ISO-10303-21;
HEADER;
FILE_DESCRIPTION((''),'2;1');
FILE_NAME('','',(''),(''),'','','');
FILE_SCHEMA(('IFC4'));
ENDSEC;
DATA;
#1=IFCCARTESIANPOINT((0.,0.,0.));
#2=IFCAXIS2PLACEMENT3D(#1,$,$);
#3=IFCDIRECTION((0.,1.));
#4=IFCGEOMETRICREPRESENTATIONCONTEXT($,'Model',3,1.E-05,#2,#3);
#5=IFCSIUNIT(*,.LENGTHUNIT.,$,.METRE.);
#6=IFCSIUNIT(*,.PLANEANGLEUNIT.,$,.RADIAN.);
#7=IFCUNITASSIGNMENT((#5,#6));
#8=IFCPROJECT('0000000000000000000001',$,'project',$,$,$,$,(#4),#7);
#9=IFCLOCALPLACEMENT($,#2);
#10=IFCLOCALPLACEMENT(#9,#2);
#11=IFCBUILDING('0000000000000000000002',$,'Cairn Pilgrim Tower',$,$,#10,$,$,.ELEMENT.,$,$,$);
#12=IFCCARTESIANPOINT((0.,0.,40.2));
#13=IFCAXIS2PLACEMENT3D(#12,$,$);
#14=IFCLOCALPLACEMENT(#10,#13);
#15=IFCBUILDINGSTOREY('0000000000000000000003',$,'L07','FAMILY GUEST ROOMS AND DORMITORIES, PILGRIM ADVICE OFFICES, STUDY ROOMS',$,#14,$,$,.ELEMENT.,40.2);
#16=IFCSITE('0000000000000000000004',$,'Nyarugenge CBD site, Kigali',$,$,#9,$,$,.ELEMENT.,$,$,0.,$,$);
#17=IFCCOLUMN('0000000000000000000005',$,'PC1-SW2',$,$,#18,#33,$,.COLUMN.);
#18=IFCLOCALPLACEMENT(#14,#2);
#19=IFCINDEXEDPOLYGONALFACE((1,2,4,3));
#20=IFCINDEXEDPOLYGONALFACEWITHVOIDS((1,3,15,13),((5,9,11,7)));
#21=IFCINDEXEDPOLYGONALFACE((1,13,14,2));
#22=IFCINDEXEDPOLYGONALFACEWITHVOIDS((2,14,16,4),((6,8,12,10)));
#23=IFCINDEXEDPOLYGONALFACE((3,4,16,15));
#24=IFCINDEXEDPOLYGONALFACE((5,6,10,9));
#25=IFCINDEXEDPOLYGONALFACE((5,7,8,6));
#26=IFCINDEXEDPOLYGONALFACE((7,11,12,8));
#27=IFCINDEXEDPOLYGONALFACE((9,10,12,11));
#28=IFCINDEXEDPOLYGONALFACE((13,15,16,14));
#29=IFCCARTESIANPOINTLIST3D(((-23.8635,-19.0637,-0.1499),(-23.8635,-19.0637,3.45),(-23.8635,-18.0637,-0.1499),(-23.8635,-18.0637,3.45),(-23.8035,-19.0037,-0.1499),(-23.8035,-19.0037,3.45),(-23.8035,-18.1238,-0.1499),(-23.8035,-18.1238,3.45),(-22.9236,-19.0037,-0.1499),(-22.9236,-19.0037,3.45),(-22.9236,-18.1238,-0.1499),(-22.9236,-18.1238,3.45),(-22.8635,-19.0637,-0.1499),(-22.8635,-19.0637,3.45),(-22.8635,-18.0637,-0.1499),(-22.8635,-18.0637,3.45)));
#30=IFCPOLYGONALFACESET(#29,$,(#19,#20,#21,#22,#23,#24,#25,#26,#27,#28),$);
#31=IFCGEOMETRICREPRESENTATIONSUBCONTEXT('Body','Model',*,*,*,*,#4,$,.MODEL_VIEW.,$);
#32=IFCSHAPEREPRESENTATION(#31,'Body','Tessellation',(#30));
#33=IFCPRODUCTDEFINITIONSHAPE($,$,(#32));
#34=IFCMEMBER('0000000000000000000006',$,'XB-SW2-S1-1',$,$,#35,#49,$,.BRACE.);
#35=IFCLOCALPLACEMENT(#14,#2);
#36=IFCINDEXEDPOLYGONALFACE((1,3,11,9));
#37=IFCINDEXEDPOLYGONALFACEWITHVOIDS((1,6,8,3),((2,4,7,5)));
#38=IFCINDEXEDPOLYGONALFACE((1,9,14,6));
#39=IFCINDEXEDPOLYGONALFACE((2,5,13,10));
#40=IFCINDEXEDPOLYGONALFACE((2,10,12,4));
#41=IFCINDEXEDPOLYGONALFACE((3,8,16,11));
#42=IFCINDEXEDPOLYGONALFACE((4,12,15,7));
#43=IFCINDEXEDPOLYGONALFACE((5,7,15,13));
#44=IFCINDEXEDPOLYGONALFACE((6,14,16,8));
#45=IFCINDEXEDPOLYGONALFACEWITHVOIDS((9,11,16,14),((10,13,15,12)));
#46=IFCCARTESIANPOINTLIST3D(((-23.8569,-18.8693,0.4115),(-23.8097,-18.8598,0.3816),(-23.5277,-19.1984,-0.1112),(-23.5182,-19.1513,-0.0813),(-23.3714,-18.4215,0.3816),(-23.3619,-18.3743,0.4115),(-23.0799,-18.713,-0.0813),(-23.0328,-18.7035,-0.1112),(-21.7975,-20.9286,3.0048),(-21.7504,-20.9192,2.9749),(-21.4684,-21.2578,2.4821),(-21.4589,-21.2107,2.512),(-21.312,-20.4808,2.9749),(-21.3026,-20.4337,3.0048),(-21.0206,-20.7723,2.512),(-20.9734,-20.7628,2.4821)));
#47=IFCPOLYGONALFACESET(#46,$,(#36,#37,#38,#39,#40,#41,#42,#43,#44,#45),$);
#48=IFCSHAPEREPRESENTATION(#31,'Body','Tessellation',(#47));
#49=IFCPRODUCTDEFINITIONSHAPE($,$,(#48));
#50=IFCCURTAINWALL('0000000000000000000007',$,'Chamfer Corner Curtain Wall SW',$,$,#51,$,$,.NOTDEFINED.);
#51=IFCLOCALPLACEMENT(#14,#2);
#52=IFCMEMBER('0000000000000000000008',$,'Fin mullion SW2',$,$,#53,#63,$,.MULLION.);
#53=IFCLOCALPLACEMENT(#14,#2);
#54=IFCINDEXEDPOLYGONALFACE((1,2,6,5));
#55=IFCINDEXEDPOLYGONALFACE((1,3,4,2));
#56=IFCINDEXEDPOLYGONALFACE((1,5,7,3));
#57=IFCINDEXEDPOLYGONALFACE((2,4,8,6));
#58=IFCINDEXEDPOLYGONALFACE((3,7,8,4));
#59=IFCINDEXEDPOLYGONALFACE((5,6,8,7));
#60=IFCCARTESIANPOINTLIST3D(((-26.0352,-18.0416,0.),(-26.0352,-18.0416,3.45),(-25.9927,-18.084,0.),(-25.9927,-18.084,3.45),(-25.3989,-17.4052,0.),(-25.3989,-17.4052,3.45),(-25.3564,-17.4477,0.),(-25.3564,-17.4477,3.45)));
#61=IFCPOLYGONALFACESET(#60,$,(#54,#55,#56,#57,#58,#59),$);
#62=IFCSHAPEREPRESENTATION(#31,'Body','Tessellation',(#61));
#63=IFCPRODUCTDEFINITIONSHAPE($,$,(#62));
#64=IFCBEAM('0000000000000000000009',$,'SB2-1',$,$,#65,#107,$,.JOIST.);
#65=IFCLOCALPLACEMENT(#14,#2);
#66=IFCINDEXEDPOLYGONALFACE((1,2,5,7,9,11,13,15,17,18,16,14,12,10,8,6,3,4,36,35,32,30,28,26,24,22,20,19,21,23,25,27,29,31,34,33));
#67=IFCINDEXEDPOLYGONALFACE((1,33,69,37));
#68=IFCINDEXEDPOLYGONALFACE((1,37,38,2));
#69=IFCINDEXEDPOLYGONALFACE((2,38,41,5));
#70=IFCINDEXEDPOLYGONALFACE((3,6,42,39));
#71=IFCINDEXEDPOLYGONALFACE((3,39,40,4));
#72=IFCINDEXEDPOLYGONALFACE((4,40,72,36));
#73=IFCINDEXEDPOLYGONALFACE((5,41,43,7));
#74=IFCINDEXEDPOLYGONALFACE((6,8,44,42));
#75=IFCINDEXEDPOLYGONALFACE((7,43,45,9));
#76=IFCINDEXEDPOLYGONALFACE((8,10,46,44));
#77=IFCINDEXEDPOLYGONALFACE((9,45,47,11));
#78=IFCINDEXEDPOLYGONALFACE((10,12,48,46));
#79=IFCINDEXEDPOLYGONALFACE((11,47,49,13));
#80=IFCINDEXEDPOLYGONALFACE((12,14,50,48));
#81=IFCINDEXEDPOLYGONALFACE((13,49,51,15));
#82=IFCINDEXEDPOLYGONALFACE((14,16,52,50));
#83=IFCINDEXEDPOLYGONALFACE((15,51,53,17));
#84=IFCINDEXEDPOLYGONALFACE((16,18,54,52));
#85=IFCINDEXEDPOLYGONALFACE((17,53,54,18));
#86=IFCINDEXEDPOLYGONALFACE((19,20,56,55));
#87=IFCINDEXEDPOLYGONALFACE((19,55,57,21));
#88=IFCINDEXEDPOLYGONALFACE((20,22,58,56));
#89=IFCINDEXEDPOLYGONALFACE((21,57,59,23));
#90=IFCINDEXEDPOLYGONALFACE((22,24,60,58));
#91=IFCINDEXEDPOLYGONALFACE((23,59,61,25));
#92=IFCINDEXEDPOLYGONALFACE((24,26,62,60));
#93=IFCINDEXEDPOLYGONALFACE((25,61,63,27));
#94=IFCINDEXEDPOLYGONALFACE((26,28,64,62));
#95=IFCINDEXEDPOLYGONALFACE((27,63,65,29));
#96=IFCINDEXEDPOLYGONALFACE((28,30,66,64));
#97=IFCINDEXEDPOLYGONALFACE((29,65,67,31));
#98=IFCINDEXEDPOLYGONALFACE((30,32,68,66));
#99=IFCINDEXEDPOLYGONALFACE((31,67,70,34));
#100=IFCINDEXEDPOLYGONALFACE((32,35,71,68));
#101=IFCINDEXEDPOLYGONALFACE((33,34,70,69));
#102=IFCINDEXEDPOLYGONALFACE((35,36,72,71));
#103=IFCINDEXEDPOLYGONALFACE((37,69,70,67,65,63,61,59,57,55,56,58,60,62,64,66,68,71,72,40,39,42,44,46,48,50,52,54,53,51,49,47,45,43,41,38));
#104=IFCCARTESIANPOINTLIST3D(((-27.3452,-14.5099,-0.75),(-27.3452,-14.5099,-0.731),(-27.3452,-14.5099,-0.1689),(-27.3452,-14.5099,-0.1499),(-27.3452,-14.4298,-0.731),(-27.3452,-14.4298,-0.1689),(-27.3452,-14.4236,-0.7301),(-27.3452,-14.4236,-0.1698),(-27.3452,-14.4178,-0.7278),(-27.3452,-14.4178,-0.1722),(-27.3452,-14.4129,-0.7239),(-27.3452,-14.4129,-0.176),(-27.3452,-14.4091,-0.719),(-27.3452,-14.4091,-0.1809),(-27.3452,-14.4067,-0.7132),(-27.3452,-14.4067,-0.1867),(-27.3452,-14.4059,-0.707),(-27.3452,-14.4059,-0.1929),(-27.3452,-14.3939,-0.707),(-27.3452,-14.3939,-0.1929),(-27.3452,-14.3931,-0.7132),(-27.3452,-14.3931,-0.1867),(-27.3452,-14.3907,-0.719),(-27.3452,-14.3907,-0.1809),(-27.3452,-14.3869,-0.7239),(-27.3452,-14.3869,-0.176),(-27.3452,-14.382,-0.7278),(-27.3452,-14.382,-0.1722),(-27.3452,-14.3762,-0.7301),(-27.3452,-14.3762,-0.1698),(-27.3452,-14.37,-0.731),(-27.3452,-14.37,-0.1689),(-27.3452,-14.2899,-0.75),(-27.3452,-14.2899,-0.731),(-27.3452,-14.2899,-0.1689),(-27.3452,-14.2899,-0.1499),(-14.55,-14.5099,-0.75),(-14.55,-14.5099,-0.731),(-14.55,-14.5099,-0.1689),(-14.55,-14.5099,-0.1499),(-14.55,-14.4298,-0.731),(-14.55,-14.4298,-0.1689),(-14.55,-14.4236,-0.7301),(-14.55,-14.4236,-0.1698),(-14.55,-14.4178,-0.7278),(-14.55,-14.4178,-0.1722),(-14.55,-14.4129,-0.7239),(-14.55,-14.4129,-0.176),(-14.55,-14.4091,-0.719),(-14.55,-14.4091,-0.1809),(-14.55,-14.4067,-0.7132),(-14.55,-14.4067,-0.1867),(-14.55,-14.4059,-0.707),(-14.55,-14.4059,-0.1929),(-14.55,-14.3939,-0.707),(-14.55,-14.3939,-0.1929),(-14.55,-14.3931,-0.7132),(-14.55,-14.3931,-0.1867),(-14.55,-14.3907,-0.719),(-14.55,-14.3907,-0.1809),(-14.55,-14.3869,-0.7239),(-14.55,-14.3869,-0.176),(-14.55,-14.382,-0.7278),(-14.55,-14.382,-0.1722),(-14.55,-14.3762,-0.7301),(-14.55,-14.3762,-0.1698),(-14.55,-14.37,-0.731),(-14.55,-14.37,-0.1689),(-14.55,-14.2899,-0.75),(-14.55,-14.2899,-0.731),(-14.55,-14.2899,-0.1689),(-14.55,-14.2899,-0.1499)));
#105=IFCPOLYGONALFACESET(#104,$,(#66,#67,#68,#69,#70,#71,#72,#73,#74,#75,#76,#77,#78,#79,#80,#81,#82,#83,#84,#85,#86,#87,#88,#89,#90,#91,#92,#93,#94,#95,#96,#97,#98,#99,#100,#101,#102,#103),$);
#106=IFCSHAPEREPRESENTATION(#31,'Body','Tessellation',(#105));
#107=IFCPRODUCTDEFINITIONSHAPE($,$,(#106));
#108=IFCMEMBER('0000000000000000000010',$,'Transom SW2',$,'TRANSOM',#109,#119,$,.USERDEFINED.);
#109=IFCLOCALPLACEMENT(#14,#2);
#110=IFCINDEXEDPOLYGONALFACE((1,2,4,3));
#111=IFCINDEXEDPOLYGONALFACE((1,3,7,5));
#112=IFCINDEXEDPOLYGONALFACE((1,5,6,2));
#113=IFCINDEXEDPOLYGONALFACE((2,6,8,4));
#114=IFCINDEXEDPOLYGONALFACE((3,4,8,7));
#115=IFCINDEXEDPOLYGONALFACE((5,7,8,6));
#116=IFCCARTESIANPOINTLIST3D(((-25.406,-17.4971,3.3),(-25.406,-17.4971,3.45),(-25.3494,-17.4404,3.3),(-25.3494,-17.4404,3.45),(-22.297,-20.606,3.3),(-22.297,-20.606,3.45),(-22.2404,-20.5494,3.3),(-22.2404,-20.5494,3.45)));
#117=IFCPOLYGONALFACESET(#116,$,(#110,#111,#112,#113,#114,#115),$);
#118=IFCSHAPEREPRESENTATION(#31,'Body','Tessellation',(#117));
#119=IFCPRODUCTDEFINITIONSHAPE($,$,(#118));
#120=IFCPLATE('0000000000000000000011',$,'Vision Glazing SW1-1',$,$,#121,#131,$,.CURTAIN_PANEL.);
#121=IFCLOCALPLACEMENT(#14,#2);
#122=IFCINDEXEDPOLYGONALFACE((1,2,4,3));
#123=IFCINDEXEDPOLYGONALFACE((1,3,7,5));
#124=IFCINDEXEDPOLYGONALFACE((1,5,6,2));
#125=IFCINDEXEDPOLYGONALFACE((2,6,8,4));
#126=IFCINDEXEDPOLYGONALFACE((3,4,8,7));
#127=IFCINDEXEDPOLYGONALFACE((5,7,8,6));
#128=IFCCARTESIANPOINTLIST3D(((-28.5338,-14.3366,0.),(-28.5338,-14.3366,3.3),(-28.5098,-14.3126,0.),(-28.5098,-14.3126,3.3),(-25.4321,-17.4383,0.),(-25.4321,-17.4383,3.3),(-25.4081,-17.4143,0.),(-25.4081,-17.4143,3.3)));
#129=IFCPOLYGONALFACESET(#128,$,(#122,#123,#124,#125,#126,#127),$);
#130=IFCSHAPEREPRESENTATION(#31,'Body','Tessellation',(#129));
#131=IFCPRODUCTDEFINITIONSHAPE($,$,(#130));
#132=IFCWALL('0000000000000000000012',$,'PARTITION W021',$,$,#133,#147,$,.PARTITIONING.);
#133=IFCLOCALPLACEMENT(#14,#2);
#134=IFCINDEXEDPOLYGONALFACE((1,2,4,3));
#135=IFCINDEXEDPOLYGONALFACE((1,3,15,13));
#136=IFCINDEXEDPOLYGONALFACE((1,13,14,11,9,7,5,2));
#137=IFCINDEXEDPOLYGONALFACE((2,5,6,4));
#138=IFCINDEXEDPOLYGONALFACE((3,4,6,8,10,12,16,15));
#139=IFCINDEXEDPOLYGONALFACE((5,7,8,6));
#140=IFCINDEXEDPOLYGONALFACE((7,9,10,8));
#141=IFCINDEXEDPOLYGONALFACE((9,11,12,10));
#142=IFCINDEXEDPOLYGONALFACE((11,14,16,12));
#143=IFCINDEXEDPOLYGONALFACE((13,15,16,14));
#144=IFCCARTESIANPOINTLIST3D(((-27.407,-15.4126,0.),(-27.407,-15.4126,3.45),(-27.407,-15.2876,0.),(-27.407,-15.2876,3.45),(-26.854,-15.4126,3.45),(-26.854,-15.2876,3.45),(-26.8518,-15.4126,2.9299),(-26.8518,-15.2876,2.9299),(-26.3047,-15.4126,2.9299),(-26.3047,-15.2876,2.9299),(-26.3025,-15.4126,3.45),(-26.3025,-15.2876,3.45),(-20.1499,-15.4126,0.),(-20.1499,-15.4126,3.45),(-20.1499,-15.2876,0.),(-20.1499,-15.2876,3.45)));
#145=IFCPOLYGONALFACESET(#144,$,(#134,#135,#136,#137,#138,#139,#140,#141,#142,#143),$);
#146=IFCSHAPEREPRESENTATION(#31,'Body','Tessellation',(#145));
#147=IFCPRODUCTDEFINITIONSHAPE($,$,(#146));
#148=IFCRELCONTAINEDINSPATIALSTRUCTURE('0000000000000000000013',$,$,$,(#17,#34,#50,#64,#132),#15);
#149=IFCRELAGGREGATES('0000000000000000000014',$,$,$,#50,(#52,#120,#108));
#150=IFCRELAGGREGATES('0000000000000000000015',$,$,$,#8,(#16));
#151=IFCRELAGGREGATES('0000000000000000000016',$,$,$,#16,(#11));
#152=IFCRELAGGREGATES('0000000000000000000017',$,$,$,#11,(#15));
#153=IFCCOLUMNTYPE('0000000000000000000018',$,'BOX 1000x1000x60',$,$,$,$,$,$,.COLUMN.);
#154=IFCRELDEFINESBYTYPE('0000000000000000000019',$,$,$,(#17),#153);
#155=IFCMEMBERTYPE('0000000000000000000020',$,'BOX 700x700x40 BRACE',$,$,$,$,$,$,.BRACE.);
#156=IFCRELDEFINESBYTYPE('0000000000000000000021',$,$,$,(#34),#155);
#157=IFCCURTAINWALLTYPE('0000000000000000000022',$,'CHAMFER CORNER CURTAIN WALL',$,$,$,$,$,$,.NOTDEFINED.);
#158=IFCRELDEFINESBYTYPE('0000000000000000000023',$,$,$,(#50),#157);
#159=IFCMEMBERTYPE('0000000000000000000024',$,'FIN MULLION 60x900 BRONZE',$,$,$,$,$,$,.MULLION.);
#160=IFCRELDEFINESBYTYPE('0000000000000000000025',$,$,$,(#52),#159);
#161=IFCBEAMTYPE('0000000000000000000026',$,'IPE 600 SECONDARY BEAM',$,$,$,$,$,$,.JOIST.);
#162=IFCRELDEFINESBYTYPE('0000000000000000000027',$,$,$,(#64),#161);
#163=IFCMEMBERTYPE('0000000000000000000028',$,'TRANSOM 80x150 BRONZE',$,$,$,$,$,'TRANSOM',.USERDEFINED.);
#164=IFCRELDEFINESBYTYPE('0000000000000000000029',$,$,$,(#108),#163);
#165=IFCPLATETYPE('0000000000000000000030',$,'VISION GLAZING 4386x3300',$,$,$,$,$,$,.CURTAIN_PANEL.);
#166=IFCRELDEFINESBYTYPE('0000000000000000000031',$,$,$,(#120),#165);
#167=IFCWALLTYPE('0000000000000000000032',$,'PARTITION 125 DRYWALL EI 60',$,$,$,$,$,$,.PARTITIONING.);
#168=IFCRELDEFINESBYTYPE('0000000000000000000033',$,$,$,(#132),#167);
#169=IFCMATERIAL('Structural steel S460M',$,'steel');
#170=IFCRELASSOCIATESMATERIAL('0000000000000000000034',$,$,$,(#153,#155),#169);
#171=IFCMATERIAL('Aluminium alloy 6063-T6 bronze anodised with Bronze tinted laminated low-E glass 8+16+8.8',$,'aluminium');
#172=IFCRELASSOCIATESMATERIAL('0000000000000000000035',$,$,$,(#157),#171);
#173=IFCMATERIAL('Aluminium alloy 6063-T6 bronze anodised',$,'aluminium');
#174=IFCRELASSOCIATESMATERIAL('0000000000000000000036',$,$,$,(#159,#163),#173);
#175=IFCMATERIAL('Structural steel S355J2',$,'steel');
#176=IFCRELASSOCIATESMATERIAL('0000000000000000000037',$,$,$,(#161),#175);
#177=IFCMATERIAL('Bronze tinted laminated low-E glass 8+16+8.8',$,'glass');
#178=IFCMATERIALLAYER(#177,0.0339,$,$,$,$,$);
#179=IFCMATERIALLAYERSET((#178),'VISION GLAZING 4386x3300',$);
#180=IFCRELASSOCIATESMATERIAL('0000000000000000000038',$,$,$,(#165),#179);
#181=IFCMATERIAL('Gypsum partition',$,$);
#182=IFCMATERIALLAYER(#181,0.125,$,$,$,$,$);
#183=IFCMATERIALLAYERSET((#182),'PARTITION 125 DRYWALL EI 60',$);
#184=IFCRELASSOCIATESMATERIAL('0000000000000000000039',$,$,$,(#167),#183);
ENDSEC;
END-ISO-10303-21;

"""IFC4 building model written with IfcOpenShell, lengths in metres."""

from ifc_helpers import new_model, si_unit, direction, frame, origin, origin_2d, place, context, subcontext, project, spatial, polyline, rectangle, hollow_rectangle, i_section, outline, extrude, material, layer, layer_set, material_profile, profile_set, type_object, element, aggregate, save


model = new_model("IFC4")

# Units and contexts
model_context = context("Model", 3, precision=1e-05, world=origin(), true_north=direction((0.0, 1.0)))
body_context = subcontext(model_context, "Body", "Model", "MODEL_VIEW")
ifc_project = project(units=[si_unit("LENGTHUNIT", "METRE"), si_unit("PLANEANGLEUNIT", "RADIAN")], contexts=[model_context])

# Site, building, storey
site_placement = place(None, origin())
site = spatial("IfcSite", under=ifc_project, at=site_placement, Name="Nyarugenge CBD site, Kigali", CompositionType="ELEMENT", RefElevation=0.0)
building_placement = place(site_placement, origin())
building = spatial("IfcBuilding", under=site, at=building_placement, Name="Cairn Pilgrim Tower", CompositionType="ELEMENT")
storey_placement = place(building_placement, frame((0.0, 0.0, 40.2)))
storey = spatial("IfcBuildingStorey", under=building, at=storey_placement, Name="L07", Description="FAMILY GUEST ROOMS AND DORMITORIES, PILGRIM ADVICE OFFICES, STUDY ROOMS", CompositionType="ELEMENT", Elevation=40.2)

# Column
ifc_material_1 = material(Name="Structural steel S460M", Category="steel")
ifc_material_profile_1 = material_profile(ifc_material_1, hollow_rectangle(XDim=1.0, YDim=1.0, WallThickness=0.0601, at=origin_2d()), Name="BOX 1000x1000x60")
ifc_profile_set_1 = profile_set([ifc_material_profile_1], Name="Structural steel S460M")
column_type = type_object("IfcColumnType", Name="BOX 1000x1000x60", PredefinedType="COLUMN", material=ifc_profile_set_1)
column_placement = place(storey_placement, frame((-23.3635, -18.5637, -0.1499), z_axis=(0.0, 0.0, 1.0), x_axis=(1.0, 0.0, 0.0)))
element("IfcColumn", 1, at=column_placement, inside=storey, type_object=column_type, Name="PC1-SW2", PredefinedType="COLUMN", context=body_context, shape_type="SweptSolid", body=[
    extrude(hollow_rectangle(XDim=1.0, YDim=1.0, WallThickness=0.0601, at=origin_2d()), origin(), (0.0, 0.0, 1.0), 3.5999),
])

# Member
ifc_material_profile_2 = material_profile(ifc_material_1, hollow_rectangle(XDim=0.7, YDim=0.7, WallThickness=0.04, at=origin_2d()), Name="BOX 700x700x40")
ifc_profile_set_2 = profile_set([ifc_material_profile_2], Name="Structural steel S460M")
member_type_1 = type_object("IfcMemberType", Name="BOX 700x700x40 BRACE", PredefinedType="BRACE", material=ifc_profile_set_2)
member_1_placement = place(storey_placement, frame((-23.4448, -18.7864, 0.1501), z_axis=(0.52809, -0.52809, 0.665012), x_axis=(0.707107, 0.707107, 0.0)))
element("IfcMember", 2, at=member_1_placement, inside=storey, type_object=member_type_1, Name="XB-SW2-S1-1", PredefinedType="BRACE", context=body_context, shape_type="SweptSolid", body=[
    extrude(hollow_rectangle(XDim=0.7, YDim=0.7, WallThickness=0.04, at=origin_2d()), origin(), (0.0, 0.0, 1.0), 3.8997),
])

# Curtain wall, member
ifc_material_2 = material(Name="Aluminium alloy 6063-T6 bronze anodised with Bronze tinted laminated low-E glass 8+16+8.8", Category="aluminium")
curtain_wall_type = type_object("IfcCurtainWallType", Name="CHAMFER CORNER CURTAIN WALL", PredefinedType="NOTDEFINED", material=ifc_material_2)
curtain_wall_placement = place(storey_placement, origin())
curtain_wall = element("IfcCurtainWall", 3, at=curtain_wall_placement, inside=storey, type_object=curtain_wall_type, Name="Chamfer Corner Curtain Wall SW", PredefinedType="NOTDEFINED")
ifc_material_3 = material(Name="Aluminium alloy 6063-T6 bronze anodised", Category="aluminium")
ifc_material_profile_3 = material_profile(ifc_material_3, rectangle(XDim=0.8999, YDim=0.0601, at=origin_2d()), Name="FIN MULLION 60x900 BRONZE")
ifc_profile_set_3 = profile_set([ifc_material_profile_3], Name="Aluminium alloy 6063-T6 bronze anodised")
member_type_2 = type_object("IfcMemberType", Name="FIN MULLION 60x900 BRONZE", PredefinedType="MULLION", material=ifc_profile_set_3)
member_2_placement = place(storey_placement, frame((-25.6958, -17.7446, 0.0), z_axis=(0.0, 0.0, 1.0), x_axis=(-0.707107, -0.707107, 0.0)))
member_2 = element("IfcMember", 4, at=member_2_placement, type_object=member_type_2, Name="Fin mullion SW2", PredefinedType="MULLION", context=body_context, shape_type="SweptSolid", body=[
    extrude(rectangle(XDim=0.8999, YDim=0.0601, at=origin_2d()), origin(), (0.0, 0.0, 1.0), 3.45),
])

# Beam
ifc_material_4 = material(Name="Structural steel S355J2", Category="steel")
ifc_material_profile_4 = material_profile(ifc_material_4, i_section(OverallWidth=0.22, OverallDepth=0.6001, WebThickness=0.012, FlangeThickness=0.019, FilletRadius=0.0239, at=origin_2d()), Name="IPE 600")
ifc_profile_set_4 = profile_set([ifc_material_profile_4], Name="Structural steel S355J2")
beam_type = type_object("IfcBeamType", Name="IPE 600 SECONDARY BEAM", PredefinedType="JOIST", material=ifc_profile_set_4)
beam_placement = place(storey_placement, frame((-27.3452, -14.3999, -0.45), z_axis=(1.0, 0.0, 0.0), x_axis=(0.0, 1.0, 0.0)))
element("IfcBeam", 5, at=beam_placement, inside=storey, type_object=beam_type, Name="SB2-1", PredefinedType="JOIST", context=body_context, shape_type="SweptSolid", body=[
    extrude(i_section(OverallWidth=0.22, OverallDepth=0.6001, WebThickness=0.012, FlangeThickness=0.019, FilletRadius=0.0239, at=origin_2d()), origin(), (0.0, 0.0, 1.0), 12.7952),
])

# Member
ifc_material_profile_5 = material_profile(ifc_material_3, rectangle(XDim=0.0801, YDim=0.1499, at=origin_2d()), Name="TRANSOM 80x150 BRONZE")
ifc_profile_set_5 = profile_set([ifc_material_profile_5], Name="Aluminium alloy 6063-T6 bronze anodised")
member_type_3 = type_object("IfcMemberType", Name="TRANSOM 80x150 BRONZE", ElementType="TRANSOM", PredefinedType="USERDEFINED", material=ifc_profile_set_5)
member_3_placement = place(storey_placement, frame((-25.3777, -17.4688, 3.375), z_axis=(0.707107, -0.707107, 0.0), x_axis=(0.707107, 0.707107, 0.0)))
member_3 = element("IfcMember", 6, at=member_3_placement, type_object=member_type_3, Name="Transom SW2", ObjectType="TRANSOM", PredefinedType="USERDEFINED", context=body_context, shape_type="SweptSolid", body=[
    extrude(rectangle(XDim=0.0801, YDim=0.1499, at=origin_2d()), origin(), (0.0, 0.0, 1.0), 4.3967),
])

# Plate
ifc_material_5 = material(Name="Bronze tinted laminated low-E glass 8+16+8.8", Category="glass")
ifc_layer_1 = layer(ifc_material_5, 0.0339)
ifc_layer_set_1 = layer_set([ifc_layer_1], Name="VISION GLAZING 4386x3300")
plate_type = type_object("IfcPlateType", Name="VISION GLAZING 4386x3300", PredefinedType="CURTAIN_PANEL", material=ifc_layer_set_1)
plate_placement = place(storey_placement, frame((-26.9709, -15.8755, 0.0), z_axis=(0.0, 0.0, 1.0), x_axis=(0.707107, -0.707107, 0.0)))
plate = element("IfcPlate", 7, at=plate_placement, type_object=plate_type, Name="Vision Glazing SW1-1", PredefinedType="CURTAIN_PANEL", context=body_context, shape_type="SweptSolid", body=[
    extrude(rectangle(XDim=4.3865, YDim=0.0339, at=origin_2d()), origin(), (0.0, 0.0, 1.0), 3.3),
])
aggregate(curtain_wall, [member_2, plate, member_3])

# Wall
ifc_material_6 = material(Name="Gypsum partition")
ifc_layer_2 = layer(ifc_material_6, 0.125)
ifc_layer_set_2 = layer_set([ifc_layer_2], Name="PARTITION 125 DRYWALL EI 60")
wall_type = type_object("IfcWallType", Name="PARTITION 125 DRYWALL EI 60", PredefinedType="PARTITIONING", material=ifc_layer_set_2)
wall_1_placement = place(storey_placement, frame((-27.407, -15.3501, 0.0), z_axis=(0.0, 0.0, 1.0), x_axis=(1.0, 0.0, 0.0)))
element("IfcWall", 8, at=wall_1_placement, inside=storey, type_object=wall_type, Name="PARTITION W021", PredefinedType="PARTITIONING", context=body_context, shape_type="SweptSolid", body=[
    extrude(outline(polyline([(0.0, 0.0), (7.2571, 0.0), (7.2571, 3.45), (1.1045, 3.45), (1.1023, 2.9299), (0.5552, 2.9299), (0.553, 3.45), (0.0, 3.45), (0.0, 0.0)])), frame((0.0, 0.0625, 0.0), z_axis=(0.0, -1.0, 0.0), x_axis=(1.0, 0.0, 0.0)), (0.0, 0.0, 1.0), 0.125),
])

save(model, "model.ifc")
